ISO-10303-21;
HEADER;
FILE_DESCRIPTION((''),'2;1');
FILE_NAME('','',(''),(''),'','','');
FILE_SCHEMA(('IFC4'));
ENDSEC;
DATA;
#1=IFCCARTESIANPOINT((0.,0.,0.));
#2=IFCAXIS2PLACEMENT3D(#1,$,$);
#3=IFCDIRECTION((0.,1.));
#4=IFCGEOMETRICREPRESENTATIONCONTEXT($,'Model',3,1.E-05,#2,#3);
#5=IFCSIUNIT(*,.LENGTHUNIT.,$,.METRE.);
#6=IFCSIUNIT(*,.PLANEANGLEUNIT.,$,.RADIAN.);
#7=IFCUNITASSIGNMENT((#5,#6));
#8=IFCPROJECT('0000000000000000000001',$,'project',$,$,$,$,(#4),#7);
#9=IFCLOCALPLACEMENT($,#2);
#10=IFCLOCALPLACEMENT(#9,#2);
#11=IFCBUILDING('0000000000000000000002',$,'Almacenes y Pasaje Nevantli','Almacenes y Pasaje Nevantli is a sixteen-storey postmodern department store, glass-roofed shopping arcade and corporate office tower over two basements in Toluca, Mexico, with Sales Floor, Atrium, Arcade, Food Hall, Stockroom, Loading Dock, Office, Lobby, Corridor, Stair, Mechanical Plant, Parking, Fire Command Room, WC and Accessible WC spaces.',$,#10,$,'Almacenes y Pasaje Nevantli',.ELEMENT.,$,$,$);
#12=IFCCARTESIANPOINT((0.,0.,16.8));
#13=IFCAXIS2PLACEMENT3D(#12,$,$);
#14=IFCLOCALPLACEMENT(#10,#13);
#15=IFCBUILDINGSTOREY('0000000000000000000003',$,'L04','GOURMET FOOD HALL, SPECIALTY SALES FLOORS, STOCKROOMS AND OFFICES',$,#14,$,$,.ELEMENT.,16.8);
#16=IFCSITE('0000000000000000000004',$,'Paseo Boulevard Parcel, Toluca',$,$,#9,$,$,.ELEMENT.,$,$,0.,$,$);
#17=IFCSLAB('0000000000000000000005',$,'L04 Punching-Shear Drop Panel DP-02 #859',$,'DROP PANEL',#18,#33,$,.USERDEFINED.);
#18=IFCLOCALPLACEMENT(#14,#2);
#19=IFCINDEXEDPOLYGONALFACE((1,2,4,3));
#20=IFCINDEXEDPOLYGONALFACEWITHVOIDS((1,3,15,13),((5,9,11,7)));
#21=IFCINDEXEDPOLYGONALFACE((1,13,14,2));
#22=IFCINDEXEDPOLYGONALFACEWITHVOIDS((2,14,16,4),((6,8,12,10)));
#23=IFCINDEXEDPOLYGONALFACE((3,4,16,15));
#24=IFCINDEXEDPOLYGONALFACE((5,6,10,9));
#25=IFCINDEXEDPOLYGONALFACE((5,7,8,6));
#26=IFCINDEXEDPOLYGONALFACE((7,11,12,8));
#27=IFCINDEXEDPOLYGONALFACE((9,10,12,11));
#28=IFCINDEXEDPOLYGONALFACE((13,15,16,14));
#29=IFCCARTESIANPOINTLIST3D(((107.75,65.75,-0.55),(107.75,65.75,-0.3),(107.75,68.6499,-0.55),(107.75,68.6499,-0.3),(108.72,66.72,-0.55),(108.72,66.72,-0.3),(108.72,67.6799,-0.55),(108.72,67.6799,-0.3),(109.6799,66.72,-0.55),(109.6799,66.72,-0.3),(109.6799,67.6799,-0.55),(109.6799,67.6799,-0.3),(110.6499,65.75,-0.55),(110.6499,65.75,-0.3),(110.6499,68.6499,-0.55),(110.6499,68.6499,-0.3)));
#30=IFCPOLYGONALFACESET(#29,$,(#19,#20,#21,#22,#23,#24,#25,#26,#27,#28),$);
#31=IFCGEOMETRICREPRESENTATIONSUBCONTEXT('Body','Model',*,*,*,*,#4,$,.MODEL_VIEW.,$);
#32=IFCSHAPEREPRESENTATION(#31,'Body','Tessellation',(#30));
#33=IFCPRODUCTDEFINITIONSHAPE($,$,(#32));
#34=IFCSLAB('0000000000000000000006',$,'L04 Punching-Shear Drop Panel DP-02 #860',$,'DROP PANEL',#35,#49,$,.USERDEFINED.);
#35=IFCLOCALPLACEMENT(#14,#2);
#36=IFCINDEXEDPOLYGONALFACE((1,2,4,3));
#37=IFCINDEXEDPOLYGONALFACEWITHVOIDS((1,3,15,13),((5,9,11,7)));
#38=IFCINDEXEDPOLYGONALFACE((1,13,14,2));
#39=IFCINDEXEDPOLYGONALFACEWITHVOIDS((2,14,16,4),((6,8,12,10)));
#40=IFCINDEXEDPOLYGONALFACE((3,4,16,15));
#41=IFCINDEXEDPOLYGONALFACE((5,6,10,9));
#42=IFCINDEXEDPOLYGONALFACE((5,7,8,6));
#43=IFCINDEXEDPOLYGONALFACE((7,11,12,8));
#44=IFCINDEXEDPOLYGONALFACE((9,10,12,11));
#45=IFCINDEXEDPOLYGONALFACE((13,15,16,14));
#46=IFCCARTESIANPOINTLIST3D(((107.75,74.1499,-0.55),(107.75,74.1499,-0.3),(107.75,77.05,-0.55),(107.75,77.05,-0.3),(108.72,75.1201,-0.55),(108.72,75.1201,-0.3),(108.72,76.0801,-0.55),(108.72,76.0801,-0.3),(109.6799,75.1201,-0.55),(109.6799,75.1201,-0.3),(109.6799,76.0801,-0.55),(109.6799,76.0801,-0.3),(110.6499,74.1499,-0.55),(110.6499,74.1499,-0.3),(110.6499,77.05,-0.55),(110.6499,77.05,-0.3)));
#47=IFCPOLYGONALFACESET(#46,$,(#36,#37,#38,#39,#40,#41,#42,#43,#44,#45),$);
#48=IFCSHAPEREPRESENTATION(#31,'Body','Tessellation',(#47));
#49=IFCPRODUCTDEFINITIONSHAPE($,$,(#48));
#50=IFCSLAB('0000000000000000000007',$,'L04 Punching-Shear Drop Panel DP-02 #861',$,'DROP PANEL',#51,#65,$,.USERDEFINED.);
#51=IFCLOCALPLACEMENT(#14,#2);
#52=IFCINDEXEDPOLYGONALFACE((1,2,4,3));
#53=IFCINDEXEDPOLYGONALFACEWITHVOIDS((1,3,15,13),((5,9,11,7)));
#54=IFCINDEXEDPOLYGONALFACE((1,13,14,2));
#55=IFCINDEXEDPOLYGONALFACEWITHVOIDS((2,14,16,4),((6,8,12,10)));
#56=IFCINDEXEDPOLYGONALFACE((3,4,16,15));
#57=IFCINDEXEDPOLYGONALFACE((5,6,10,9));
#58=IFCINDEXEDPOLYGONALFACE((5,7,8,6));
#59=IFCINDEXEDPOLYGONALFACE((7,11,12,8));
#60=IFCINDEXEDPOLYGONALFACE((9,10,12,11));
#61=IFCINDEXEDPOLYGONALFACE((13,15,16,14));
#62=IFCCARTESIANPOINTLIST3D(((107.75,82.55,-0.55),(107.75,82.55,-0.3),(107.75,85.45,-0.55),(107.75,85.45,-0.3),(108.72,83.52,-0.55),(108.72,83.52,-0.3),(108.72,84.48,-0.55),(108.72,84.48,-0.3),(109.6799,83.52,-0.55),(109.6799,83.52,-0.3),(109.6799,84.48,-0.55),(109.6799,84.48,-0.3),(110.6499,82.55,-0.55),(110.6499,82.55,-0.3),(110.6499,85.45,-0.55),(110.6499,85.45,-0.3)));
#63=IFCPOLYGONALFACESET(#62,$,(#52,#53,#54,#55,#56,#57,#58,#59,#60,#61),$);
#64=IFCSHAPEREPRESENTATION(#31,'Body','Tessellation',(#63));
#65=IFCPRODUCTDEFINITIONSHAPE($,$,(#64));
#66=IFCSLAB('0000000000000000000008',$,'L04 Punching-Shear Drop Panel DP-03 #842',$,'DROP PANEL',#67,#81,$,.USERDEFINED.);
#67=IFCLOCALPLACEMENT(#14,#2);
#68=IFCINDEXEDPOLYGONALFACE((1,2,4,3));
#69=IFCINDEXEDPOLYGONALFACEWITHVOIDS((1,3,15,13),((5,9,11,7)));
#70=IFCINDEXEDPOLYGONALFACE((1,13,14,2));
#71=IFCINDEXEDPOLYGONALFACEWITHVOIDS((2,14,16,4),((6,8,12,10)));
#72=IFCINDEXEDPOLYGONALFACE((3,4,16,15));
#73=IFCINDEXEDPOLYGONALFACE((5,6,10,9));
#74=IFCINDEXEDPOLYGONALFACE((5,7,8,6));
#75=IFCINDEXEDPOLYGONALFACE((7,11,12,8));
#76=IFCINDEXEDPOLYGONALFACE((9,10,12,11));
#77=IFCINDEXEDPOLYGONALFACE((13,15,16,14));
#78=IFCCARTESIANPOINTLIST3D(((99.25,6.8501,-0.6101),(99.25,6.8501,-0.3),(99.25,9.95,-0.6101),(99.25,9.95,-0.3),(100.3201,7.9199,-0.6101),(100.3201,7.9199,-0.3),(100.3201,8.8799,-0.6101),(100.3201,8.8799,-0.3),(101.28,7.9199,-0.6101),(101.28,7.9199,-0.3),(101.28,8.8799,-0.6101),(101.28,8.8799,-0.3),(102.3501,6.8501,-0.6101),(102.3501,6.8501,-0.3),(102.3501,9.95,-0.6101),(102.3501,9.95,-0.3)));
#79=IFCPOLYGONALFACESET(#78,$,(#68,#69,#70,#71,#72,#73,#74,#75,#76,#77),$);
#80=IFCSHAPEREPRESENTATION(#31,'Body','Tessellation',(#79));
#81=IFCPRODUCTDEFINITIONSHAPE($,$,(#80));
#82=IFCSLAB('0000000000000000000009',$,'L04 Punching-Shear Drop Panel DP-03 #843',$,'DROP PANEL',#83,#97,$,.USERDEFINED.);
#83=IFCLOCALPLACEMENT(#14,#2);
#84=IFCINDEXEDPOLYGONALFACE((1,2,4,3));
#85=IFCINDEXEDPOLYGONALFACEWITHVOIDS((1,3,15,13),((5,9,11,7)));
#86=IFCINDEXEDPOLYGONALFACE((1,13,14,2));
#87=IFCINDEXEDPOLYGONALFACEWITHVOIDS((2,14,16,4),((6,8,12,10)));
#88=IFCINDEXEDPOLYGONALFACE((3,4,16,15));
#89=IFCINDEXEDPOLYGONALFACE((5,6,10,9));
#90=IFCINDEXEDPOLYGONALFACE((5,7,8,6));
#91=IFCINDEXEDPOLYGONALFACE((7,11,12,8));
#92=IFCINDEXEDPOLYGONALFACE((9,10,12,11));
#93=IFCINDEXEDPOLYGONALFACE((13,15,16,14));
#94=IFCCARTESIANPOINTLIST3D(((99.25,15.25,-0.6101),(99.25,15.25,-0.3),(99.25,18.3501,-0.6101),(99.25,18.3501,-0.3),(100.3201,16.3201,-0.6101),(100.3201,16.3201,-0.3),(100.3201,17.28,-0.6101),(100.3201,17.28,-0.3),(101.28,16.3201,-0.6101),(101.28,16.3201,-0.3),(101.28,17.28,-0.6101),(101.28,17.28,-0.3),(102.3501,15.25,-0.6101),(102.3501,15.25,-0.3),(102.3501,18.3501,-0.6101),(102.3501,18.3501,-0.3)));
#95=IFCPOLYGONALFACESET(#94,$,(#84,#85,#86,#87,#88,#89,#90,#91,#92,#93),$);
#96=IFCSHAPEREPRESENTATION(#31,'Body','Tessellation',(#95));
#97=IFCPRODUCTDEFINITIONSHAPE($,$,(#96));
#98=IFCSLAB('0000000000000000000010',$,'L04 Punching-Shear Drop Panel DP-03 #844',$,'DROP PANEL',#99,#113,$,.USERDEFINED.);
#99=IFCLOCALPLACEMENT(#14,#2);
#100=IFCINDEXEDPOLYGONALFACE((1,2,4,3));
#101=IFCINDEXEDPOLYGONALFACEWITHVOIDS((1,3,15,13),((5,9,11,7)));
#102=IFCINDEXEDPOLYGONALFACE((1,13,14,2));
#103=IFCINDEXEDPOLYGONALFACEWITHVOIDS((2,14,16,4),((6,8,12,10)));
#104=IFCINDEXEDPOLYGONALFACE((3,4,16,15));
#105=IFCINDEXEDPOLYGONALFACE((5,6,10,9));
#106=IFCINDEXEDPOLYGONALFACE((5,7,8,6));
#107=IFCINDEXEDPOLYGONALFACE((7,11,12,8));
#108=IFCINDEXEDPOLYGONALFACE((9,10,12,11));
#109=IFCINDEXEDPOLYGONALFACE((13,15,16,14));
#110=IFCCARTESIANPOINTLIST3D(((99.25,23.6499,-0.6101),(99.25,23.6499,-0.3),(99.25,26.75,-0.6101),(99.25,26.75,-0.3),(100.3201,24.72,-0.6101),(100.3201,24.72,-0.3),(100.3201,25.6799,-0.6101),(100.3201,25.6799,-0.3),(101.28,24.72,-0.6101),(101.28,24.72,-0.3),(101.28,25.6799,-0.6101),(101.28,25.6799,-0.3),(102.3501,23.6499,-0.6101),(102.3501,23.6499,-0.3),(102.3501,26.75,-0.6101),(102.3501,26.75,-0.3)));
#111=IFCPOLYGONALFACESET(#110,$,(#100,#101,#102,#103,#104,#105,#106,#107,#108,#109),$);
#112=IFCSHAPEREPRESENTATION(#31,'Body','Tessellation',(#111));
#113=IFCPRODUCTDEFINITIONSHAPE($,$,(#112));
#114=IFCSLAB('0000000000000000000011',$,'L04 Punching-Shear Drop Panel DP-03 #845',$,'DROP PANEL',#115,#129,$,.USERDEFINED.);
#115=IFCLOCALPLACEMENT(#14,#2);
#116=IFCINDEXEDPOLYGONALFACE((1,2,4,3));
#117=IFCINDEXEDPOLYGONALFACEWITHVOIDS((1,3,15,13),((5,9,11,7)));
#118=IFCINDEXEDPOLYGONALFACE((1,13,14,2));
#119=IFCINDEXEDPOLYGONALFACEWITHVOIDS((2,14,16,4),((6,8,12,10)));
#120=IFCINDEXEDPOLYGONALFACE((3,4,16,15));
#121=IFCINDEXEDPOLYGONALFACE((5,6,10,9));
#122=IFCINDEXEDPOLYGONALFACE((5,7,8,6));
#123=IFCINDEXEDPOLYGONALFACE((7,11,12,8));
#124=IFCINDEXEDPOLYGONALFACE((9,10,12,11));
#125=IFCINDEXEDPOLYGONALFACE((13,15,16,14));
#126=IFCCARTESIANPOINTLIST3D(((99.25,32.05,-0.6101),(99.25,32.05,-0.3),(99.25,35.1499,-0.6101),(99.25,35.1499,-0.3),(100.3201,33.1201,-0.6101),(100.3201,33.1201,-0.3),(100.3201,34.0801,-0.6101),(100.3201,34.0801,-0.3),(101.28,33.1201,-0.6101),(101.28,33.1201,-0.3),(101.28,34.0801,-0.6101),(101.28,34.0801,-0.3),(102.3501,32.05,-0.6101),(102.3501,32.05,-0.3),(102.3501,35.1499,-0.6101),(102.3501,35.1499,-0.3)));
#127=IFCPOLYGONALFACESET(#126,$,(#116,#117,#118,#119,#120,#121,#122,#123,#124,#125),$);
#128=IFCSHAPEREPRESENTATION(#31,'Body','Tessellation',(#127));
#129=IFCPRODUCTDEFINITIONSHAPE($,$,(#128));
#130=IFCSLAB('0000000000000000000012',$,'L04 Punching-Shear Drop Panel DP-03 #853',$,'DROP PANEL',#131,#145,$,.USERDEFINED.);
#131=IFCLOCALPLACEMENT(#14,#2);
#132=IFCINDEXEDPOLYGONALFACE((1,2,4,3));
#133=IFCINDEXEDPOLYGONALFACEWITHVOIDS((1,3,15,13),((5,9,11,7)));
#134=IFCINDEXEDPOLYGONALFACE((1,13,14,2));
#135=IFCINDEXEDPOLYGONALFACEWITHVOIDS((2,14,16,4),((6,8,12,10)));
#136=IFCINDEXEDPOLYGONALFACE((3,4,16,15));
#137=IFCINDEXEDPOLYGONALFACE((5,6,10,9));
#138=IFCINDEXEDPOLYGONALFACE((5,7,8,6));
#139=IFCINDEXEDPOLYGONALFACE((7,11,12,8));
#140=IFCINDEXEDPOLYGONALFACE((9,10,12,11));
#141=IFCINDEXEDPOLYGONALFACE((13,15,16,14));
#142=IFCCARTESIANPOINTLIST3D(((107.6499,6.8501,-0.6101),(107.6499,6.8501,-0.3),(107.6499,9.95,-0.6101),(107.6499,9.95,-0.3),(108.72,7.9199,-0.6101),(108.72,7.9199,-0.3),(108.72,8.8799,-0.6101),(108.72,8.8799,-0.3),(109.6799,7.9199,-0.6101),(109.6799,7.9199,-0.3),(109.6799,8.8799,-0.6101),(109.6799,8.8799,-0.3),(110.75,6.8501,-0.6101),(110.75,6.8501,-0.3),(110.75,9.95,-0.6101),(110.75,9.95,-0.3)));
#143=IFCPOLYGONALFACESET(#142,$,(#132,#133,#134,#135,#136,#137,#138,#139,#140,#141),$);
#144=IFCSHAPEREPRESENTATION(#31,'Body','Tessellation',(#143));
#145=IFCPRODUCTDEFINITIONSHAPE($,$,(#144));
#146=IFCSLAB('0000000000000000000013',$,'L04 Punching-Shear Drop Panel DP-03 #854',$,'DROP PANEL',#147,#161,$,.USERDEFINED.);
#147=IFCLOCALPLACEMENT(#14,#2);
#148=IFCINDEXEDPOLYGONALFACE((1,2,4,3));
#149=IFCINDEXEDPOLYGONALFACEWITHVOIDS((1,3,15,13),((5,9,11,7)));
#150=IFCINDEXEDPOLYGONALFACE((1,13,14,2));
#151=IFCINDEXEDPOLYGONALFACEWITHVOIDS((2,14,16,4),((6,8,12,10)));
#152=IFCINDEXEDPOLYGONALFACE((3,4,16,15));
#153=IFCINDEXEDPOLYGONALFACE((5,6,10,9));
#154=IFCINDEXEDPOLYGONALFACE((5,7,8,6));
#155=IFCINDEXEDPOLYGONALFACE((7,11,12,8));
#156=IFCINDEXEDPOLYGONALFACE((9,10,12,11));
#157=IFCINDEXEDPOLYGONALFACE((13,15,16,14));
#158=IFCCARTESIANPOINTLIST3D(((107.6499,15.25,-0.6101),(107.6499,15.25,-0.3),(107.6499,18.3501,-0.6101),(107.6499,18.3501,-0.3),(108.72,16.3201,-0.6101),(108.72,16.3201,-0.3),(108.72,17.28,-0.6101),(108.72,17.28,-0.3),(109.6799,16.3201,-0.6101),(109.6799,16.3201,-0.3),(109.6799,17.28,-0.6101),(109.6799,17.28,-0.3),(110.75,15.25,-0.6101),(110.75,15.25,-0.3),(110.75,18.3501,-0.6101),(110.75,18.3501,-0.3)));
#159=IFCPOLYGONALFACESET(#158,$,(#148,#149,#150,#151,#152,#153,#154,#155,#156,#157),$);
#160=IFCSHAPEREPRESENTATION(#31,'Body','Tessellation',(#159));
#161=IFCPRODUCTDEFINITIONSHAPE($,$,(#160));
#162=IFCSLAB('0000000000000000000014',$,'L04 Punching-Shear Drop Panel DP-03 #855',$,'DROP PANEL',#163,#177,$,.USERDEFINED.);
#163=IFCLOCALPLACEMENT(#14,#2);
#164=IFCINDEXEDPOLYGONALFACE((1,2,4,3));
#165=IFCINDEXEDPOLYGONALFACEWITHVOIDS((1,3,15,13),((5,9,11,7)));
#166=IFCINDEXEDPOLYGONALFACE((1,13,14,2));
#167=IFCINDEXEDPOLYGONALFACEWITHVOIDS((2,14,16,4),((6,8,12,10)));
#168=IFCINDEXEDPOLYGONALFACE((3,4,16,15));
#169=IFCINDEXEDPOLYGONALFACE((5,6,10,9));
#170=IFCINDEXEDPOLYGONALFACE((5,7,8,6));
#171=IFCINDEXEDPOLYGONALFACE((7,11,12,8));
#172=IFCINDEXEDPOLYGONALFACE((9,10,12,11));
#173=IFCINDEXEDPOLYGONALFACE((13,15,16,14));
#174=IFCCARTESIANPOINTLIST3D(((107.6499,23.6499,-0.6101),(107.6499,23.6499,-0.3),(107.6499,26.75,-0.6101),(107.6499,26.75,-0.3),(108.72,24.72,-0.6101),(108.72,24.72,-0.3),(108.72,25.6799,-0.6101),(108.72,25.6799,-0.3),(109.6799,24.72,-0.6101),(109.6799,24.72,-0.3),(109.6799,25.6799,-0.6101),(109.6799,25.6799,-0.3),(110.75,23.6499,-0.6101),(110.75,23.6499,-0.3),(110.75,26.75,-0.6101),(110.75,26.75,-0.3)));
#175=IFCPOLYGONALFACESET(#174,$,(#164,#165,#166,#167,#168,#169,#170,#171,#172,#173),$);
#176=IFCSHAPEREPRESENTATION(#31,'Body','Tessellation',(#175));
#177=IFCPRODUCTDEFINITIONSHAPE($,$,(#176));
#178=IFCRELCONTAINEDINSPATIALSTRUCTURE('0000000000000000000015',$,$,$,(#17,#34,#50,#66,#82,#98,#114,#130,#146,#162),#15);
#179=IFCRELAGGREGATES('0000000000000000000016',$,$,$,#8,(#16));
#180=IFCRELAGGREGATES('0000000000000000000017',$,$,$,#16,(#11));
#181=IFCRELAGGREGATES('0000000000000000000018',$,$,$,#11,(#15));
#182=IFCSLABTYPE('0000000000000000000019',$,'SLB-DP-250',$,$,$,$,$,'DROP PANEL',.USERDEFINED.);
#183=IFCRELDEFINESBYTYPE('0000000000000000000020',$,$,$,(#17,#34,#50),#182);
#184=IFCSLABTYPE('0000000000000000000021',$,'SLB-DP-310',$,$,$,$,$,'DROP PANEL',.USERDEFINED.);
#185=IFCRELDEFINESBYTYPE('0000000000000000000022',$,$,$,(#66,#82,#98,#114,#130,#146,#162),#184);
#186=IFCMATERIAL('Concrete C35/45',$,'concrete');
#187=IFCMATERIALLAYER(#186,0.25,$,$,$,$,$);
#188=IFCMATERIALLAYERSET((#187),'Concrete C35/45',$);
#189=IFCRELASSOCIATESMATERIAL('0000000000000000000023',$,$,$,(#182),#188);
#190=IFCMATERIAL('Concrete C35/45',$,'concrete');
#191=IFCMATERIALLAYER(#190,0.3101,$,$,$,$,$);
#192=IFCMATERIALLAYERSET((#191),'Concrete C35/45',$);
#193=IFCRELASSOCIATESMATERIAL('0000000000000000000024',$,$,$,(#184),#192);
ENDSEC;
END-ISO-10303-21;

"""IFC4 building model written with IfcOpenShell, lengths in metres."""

from ifc_helpers import new_model, si_unit, direction, frame, origin, place, context, subcontext, project, spatial, polyline, outline, extrude, material, layer, layer_set, type_object, element, save


model = new_model("IFC4")

# Units and contexts
model_context = context("Model", 3, precision=1e-05, world=origin(), true_north=direction((0.0, 1.0)))
body_context = subcontext(model_context, "Body", "Model", "MODEL_VIEW")
ifc_project = project(units=[si_unit("LENGTHUNIT", "METRE"), si_unit("PLANEANGLEUNIT", "RADIAN")], contexts=[model_context])

# Site, building, storey
site_placement = place(None, origin())
site = spatial("IfcSite", under=ifc_project, at=site_placement, Name="Paseo Boulevard Parcel, Toluca", CompositionType="ELEMENT", RefElevation=0.0)
building_placement = place(site_placement, origin())
building = spatial("IfcBuilding", under=site, at=building_placement, Name="Almacenes y Pasaje Nevantli", Description="Almacenes y Pasaje Nevantli is a sixteen-storey postmodern department store, glass-roofed shopping arcade and corporate office tower over two basements in Toluca, Mexico, with Sales Floor, Atrium, Arcade, Food Hall, Stockroom, Loading Dock, Office, Lobby, Corridor, Stair, Mechanical Plant, Parking, Fire Command Room, WC and Accessible WC spaces.", LongName="Almacenes y Pasaje Nevantli", CompositionType="ELEMENT")
storey_placement = place(building_placement, frame((0.0, 0.0, 16.8)))
storey = spatial("IfcBuildingStorey", under=building, at=storey_placement, Name="L04", Description="GOURMET FOOD HALL, SPECIALTY SALES FLOORS, STOCKROOMS AND OFFICES", CompositionType="ELEMENT", Elevation=16.8)

# Slabs
ifc_material_1 = material(Name="Concrete C35/45", Category="concrete")
ifc_layer_1 = layer(ifc_material_1, 0.25)
ifc_layer_set_1 = layer_set([ifc_layer_1], Name="Concrete C35/45")
slab_type_1 = type_object("IfcSlabType", Name="SLB-DP-250", ElementType="DROP PANEL", PredefinedType="USERDEFINED", material=ifc_layer_set_1)
slab_1_placement = place(storey_placement, frame((0.0, 0.0, -0.55)))
element("IfcSlab", 1, at=slab_1_placement, inside=storey, type_object=slab_type_1, Name="L04 Punching-Shear Drop Panel DP-02 #859", ObjectType="DROP PANEL", PredefinedType="USERDEFINED", context=body_context, shape_type="SweptSolid", body=[
    extrude(outline(polyline([(107.75, 65.75), (110.6499, 65.75), (110.6499, 68.6499), (107.75, 68.6499), (107.75, 65.75)]), holes=[polyline([(108.72, 66.72), (109.6799, 66.72), (109.6799, 67.6799), (108.72, 67.6799), (108.72, 66.72)])]), origin(), (0.0, 0.0, 1.0), 0.25),
])
slab_2_placement = place(storey_placement, frame((0.0, 0.0, -0.55)))
element("IfcSlab", 2, at=slab_2_placement, inside=storey, type_object=slab_type_1, Name="L04 Punching-Shear Drop Panel DP-02 #860", ObjectType="DROP PANEL", PredefinedType="USERDEFINED", context=body_context, shape_type="SweptSolid", body=[
    extrude(outline(polyline([(107.75, 74.1499), (110.6499, 74.1499), (110.6499, 77.05), (107.75, 77.05), (107.75, 74.1499)]), holes=[polyline([(108.72, 75.1201), (109.6799, 75.1201), (109.6799, 76.0801), (108.72, 76.0801), (108.72, 75.1201)])]), origin(), (0.0, 0.0, 1.0), 0.25),
])
slab_3_placement = place(storey_placement, frame((0.0, 0.0, -0.55)))
element("IfcSlab", 3, at=slab_3_placement, inside=storey, type_object=slab_type_1, Name="L04 Punching-Shear Drop Panel DP-02 #861", ObjectType="DROP PANEL", PredefinedType="USERDEFINED", context=body_context, shape_type="SweptSolid", body=[
    extrude(outline(polyline([(107.75, 82.55), (110.6499, 82.55), (110.6499, 85.45), (107.75, 85.45), (107.75, 82.55)]), holes=[polyline([(108.72, 83.52), (109.6799, 83.52), (109.6799, 84.48), (108.72, 84.48), (108.72, 83.52)])]), origin(), (0.0, 0.0, 1.0), 0.25),
])
ifc_material_2 = material(Name="Concrete C35/45", Category="concrete")
ifc_layer_2 = layer(ifc_material_2, 0.3101)
ifc_layer_set_2 = layer_set([ifc_layer_2], Name="Concrete C35/45")
slab_type_2 = type_object("IfcSlabType", Name="SLB-DP-310", ElementType="DROP PANEL", PredefinedType="USERDEFINED", material=ifc_layer_set_2)
slab_4_placement = place(storey_placement, frame((0.0, 0.0, -0.6101)))
element("IfcSlab", 4, at=slab_4_placement, inside=storey, type_object=slab_type_2, Name="L04 Punching-Shear Drop Panel DP-03 #842", ObjectType="DROP PANEL", PredefinedType="USERDEFINED", context=body_context, shape_type="SweptSolid", body=[
    extrude(outline(polyline([(99.25, 6.8501), (102.3501, 6.8501), (102.3501, 9.95), (99.25, 9.95), (99.25, 6.8501)]), holes=[polyline([(100.3201, 7.9199), (101.28, 7.9199), (101.28, 8.8799), (100.3201, 8.8799), (100.3201, 7.9199)])]), origin(), (0.0, 0.0, 1.0), 0.3101),
])
slab_5_placement = place(storey_placement, frame((0.0, 0.0, -0.6101)))
element("IfcSlab", 5, at=slab_5_placement, inside=storey, type_object=slab_type_2, Name="L04 Punching-Shear Drop Panel DP-03 #843", ObjectType="DROP PANEL", PredefinedType="USERDEFINED", context=body_context, shape_type="SweptSolid", body=[
    extrude(outline(polyline([(99.25, 15.25), (102.3501, 15.25), (102.3501, 18.3501), (99.25, 18.3501), (99.25, 15.25)]), holes=[polyline([(100.3201, 16.3201), (101.28, 16.3201), (101.28, 17.28), (100.3201, 17.28), (100.3201, 16.3201)])]), origin(), (0.0, 0.0, 1.0), 0.3101),
])
slab_6_placement = place(storey_placement, frame((0.0, 0.0, -0.6101)))
element("IfcSlab", 6, at=slab_6_placement, inside=storey, type_object=slab_type_2, Name="L04 Punching-Shear Drop Panel DP-03 #844", ObjectType="DROP PANEL", PredefinedType="USERDEFINED", context=body_context, shape_type="SweptSolid", body=[
    extrude(outline(polyline([(99.25, 23.6499), (102.3501, 23.6499), (102.3501, 26.75), (99.25, 26.75), (99.25, 23.6499)]), holes=[polyline([(100.3201, 24.72), (101.28, 24.72), (101.28, 25.6799), (100.3201, 25.6799), (100.3201, 24.72)])]), origin(), (0.0, 0.0, 1.0), 0.3101),
])
slab_7_placement = place(storey_placement, frame((0.0, 0.0, -0.6101)))
element("IfcSlab", 7, at=slab_7_placement, inside=storey, type_object=slab_type_2, Name="L04 Punching-Shear Drop Panel DP-03 #845", ObjectType="DROP PANEL", PredefinedType="USERDEFINED", context=body_context, shape_type="SweptSolid", body=[
    extrude(outline(polyline([(99.25, 32.05), (102.3501, 32.05), (102.3501, 35.1499), (99.25, 35.1499), (99.25, 32.05)]), holes=[polyline([(100.3201, 33.1201), (101.28, 33.1201), (101.28, 34.0801), (100.3201, 34.0801), (100.3201, 33.1201)])]), origin(), (0.0, 0.0, 1.0), 0.3101),
])
slab_8_placement = place(storey_placement, frame((0.0, 0.0, -0.6101)))
element("IfcSlab", 8, at=slab_8_placement, inside=storey, type_object=slab_type_2, Name="L04 Punching-Shear Drop Panel DP-03 #853", ObjectType="DROP PANEL", PredefinedType="USERDEFINED", context=body_context, shape_type="SweptSolid", body=[
    extrude(outline(polyline([(107.6499, 6.8501), (110.75, 6.8501), (110.75, 9.95), (107.6499, 9.95), (107.6499, 6.8501)]), holes=[polyline([(108.72, 7.9199), (109.6799, 7.9199), (109.6799, 8.8799), (108.72, 8.8799), (108.72, 7.9199)])]), origin(), (0.0, 0.0, 1.0), 0.3101),
])
slab_9_placement = place(storey_placement, frame((0.0, 0.0, -0.6101)))
element("IfcSlab", 9, at=slab_9_placement, inside=storey, type_object=slab_type_2, Name="L04 Punching-Shear Drop Panel DP-03 #854", ObjectType="DROP PANEL", PredefinedType="USERDEFINED", context=body_context, shape_type="SweptSolid", body=[
    extrude(outline(polyline([(107.6499, 15.25), (110.75, 15.25), (110.75, 18.3501), (107.6499, 18.3501), (107.6499, 15.25)]), holes=[polyline([(108.72, 16.3201), (109.6799, 16.3201), (109.6799, 17.28), (108.72, 17.28), (108.72, 16.3201)])]), origin(), (0.0, 0.0, 1.0), 0.3101),
])
slab_10_placement = place(storey_placement, frame((0.0, 0.0, -0.6101)))
element("IfcSlab", 10, at=slab_10_placement, inside=storey, type_object=slab_type_2, Name="L04 Punching-Shear Drop Panel DP-03 #855", ObjectType="DROP PANEL", PredefinedType="USERDEFINED", context=body_context, shape_type="SweptSolid", body=[
    extrude(outline(polyline([(107.6499, 23.6499), (110.75, 23.6499), (110.75, 26.75), (107.6499, 26.75), (107.6499, 23.6499)]), holes=[polyline([(108.72, 24.72), (109.6799, 24.72), (109.6799, 25.6799), (108.72, 25.6799), (108.72, 24.72)])]), origin(), (0.0, 0.0, 1.0), 0.3101),
])

save(model, "model.ifc")
